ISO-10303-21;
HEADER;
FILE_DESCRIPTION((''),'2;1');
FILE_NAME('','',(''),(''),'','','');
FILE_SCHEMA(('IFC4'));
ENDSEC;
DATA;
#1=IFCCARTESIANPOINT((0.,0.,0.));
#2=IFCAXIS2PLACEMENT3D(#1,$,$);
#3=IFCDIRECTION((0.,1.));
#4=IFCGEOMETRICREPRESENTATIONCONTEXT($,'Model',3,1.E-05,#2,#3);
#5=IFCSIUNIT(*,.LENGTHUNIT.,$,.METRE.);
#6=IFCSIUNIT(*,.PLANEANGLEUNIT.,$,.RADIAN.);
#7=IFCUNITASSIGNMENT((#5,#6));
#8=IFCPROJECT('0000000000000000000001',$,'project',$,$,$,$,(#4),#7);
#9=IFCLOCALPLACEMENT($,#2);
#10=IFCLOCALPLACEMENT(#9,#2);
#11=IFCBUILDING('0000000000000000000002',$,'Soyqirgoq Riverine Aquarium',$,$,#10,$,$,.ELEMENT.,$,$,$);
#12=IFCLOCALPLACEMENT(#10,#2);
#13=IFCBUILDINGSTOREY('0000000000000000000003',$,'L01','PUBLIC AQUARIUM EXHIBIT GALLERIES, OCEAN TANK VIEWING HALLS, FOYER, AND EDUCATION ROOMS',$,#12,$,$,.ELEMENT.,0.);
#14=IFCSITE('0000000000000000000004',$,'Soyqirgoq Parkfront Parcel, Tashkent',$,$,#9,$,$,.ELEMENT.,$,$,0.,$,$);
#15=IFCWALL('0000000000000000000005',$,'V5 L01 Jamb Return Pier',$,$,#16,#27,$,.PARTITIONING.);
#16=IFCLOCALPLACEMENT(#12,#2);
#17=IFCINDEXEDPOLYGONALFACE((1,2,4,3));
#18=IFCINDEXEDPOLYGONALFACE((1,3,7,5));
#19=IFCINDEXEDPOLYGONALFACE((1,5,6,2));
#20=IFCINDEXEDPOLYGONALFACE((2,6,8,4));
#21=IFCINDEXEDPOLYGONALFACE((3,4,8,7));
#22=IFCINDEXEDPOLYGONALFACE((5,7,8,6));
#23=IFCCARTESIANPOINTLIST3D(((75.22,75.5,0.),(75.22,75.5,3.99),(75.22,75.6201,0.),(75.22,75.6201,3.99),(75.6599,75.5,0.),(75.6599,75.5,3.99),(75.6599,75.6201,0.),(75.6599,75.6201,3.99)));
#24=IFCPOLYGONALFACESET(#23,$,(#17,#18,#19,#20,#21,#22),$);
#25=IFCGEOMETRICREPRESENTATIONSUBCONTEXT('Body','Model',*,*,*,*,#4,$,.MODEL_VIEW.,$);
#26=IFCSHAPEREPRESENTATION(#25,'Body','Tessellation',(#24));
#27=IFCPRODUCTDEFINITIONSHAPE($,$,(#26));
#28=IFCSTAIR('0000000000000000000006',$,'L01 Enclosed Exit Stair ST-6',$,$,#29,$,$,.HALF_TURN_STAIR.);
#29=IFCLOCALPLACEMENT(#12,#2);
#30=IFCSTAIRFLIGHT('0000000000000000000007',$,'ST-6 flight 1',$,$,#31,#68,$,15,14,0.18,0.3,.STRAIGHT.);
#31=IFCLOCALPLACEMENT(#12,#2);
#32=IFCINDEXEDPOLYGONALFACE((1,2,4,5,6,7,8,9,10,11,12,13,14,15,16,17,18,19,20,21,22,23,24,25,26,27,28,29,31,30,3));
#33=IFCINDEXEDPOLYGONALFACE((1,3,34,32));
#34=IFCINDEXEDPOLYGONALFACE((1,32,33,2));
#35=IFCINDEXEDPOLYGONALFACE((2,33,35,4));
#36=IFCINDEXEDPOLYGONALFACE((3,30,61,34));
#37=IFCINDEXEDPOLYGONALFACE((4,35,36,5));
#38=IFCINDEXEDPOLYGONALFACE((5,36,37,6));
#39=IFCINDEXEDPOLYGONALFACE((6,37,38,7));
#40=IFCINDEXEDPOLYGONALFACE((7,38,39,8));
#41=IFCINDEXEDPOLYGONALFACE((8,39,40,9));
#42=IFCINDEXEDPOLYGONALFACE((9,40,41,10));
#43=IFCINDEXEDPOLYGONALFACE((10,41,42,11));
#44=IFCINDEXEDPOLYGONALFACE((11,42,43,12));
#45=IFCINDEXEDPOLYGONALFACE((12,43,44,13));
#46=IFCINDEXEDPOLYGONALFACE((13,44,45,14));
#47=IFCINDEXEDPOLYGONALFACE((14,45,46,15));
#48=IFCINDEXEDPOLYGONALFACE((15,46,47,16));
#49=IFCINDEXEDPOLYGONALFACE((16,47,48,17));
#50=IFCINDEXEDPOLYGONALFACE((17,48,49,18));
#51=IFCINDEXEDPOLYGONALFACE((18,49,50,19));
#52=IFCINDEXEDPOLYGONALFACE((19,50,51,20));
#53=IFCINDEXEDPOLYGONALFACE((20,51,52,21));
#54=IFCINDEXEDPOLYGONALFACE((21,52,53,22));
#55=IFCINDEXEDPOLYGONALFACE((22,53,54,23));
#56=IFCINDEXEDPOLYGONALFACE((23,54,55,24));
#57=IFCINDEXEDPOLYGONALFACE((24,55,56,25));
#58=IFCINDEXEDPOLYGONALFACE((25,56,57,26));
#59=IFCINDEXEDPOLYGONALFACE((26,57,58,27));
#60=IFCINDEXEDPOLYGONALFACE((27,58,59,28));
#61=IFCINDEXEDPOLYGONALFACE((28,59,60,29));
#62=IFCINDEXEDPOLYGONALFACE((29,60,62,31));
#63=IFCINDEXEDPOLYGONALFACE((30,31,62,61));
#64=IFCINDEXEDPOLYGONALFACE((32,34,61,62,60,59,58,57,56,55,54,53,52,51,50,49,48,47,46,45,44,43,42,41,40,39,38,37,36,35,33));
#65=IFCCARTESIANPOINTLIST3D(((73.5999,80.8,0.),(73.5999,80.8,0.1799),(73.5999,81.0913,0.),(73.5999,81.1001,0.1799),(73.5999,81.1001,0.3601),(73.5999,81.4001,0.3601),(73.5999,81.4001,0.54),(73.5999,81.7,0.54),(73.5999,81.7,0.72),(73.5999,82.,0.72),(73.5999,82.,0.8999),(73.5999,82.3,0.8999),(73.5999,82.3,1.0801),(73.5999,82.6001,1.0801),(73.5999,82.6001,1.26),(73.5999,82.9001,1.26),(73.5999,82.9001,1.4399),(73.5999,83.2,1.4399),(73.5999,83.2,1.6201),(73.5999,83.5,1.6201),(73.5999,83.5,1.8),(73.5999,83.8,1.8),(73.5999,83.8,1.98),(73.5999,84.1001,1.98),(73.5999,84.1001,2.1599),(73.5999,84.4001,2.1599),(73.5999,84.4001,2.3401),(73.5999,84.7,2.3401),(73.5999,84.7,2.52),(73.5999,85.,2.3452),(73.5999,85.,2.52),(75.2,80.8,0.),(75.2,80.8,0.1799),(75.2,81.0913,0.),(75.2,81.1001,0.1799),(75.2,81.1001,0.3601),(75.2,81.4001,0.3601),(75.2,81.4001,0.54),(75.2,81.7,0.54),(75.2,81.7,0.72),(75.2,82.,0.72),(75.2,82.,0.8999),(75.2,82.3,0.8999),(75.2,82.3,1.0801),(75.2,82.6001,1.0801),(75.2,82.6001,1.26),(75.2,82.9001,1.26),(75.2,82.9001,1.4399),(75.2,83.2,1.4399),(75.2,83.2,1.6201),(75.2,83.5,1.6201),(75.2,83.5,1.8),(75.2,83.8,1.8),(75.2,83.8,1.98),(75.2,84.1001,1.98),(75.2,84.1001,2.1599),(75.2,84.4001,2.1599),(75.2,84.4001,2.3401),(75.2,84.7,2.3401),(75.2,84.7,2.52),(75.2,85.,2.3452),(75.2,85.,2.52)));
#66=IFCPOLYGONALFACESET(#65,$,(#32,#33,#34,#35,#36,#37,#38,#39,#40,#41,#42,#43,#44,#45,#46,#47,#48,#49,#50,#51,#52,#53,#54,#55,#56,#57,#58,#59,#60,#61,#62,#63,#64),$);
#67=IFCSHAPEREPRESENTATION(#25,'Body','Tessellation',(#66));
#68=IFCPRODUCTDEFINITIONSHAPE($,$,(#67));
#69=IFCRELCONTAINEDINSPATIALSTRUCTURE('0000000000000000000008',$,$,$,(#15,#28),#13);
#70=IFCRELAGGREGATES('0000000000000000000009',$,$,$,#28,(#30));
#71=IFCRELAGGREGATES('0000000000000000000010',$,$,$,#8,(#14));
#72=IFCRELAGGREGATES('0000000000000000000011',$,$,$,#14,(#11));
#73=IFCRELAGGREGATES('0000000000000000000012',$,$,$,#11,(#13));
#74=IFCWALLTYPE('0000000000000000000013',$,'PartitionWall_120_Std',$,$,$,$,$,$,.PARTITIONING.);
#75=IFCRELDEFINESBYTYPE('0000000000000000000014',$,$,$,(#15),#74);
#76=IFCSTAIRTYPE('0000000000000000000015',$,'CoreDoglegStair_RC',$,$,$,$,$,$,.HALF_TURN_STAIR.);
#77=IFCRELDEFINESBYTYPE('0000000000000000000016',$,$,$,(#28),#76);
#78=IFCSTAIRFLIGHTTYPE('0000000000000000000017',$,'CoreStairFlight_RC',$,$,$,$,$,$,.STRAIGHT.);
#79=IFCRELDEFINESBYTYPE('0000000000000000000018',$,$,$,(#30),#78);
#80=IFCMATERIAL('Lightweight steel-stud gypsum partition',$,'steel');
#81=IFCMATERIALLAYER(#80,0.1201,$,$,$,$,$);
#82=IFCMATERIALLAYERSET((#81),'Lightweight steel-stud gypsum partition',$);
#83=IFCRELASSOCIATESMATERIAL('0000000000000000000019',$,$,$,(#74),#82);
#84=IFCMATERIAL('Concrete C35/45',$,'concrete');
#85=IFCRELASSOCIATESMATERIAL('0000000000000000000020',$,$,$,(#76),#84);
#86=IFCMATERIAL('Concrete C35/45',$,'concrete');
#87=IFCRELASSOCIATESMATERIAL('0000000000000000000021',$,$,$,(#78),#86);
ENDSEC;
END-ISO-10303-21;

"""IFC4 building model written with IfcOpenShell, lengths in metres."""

from ifc_helpers import new_model, si_unit, direction, frame, frame_2d, origin, place, context, subcontext, project, spatial, polyline, rectangle, outline, extrude, material, layer, layer_set, type_object, element, aggregate, save


model = new_model("IFC4")

# Units and contexts
model_context = context("Model", 3, precision=1e-05, world=origin(), true_north=direction((0.0, 1.0)))
body_context = subcontext(model_context, "Body", "Model", "MODEL_VIEW")
ifc_project = project(units=[si_unit("LENGTHUNIT", "METRE"), si_unit("PLANEANGLEUNIT", "RADIAN")], contexts=[model_context])

# Site, building, storey
site_placement = place(None, origin())
site = spatial("IfcSite", under=ifc_project, at=site_placement, Name="Soyqirgoq Parkfront Parcel, Tashkent", CompositionType="ELEMENT", RefElevation=0.0)
building_placement = place(site_placement, origin())
building = spatial("IfcBuilding", under=site, at=building_placement, Name="Soyqirgoq Riverine Aquarium", CompositionType="ELEMENT")
storey_placement = place(building_placement, origin())
storey = spatial("IfcBuildingStorey", under=building, at=storey_placement, Name="L01", Description="PUBLIC AQUARIUM EXHIBIT GALLERIES, OCEAN TANK VIEWING HALLS, FOYER, AND EDUCATION ROOMS", CompositionType="ELEMENT", Elevation=0.0)

# Wall
ifc_material_1 = material(Name="Lightweight steel-stud gypsum partition", Category="steel")
ifc_layer_1 = layer(ifc_material_1, 0.1201)
ifc_layer_set_1 = layer_set([ifc_layer_1], Name="Lightweight steel-stud gypsum partition")
wall_type_1 = type_object("IfcWallType", Name="PartitionWall_120_Std", PredefinedType="PARTITIONING", material=ifc_layer_set_1)
wall_1_placement = place(storey_placement, frame((75.22, 75.5601, 0.0), z_axis=(0.0, 0.0, 1.0), x_axis=(1.0, 0.0, 0.0)))
element("IfcWall", 1, at=wall_1_placement, inside=storey, type_object=wall_type_1, Name="V5 L01 Jamb Return Pier", PredefinedType="PARTITIONING", context=body_context, shape_type="SweptSolid", body=[
    extrude(rectangle(XDim=0.4399, YDim=0.1201, at=frame_2d((0.22, 0.0))), origin(), (0.0, 0.0, 1.0), 3.99),
])

# Stair, stair flight
ifc_material_2 = material(Name="Concrete C35/45", Category="concrete")
stair_type = type_object("IfcStairType", Name="CoreDoglegStair_RC", PredefinedType="HALF_TURN_STAIR", material=ifc_material_2)
stair_placement = place(storey_placement, origin())
stair = element("IfcStair", 2, at=stair_placement, inside=storey, type_object=stair_type, Name="L01 Enclosed Exit Stair ST-6", PredefinedType="HALF_TURN_STAIR")
ifc_material_3 = material(Name="Concrete C35/45", Category="concrete")
stair_flight_type = type_object("IfcStairFlightType", Name="CoreStairFlight_RC", PredefinedType="STRAIGHT", material=ifc_material_3)
stair_flight_placement = place(storey_placement, frame((74.3999, 80.8, 0.0), z_axis=(0.0, 0.0, 1.0), x_axis=(0.0, 1.0, 0.0)))
stair_flight = element("IfcStairFlight", 3, at=stair_flight_placement, type_object=stair_flight_type, Name="ST-6 flight 1", NumberOfRisers=15, NumberOfTreads=14, PredefinedType="STRAIGHT", RiserHeight=0.18, TreadLength=0.3, context=body_context, shape_type="SweptSolid", body=[
    extrude(outline(polyline([(0.0, 0.0), (0.0, 0.1799), (0.3, 0.1799), (0.3, 0.3601), (0.6001, 0.3601), (0.6001, 0.54), (0.8999, 0.54), (0.8999, 0.72), (1.2, 0.72), (1.2, 0.8999), (1.5, 0.8999), (1.5, 1.0801), (1.8, 1.0801), (1.8, 1.26), (2.1001, 1.26), (2.1001, 1.4399), (2.3999, 1.4399), (2.3999, 1.6201), (2.7, 1.6201), (2.7, 1.8), (3.0, 1.8), (3.0, 1.98), (3.3, 1.98), (3.3, 2.1599), (3.6001, 2.1599), (3.6001, 2.3401), (3.8999, 2.3401), (3.8999, 2.52), (4.2, 2.52), (4.2, 2.7), (4.2, 2.3452), (0.2913, 0.0), (0.0, 0.0)])), frame((0.0, 0.8, 0.0), z_axis=(0.0, -1.0, 0.0), x_axis=(1.0, 0.0, 0.0)), (0.0, 0.0, 1.0), 1.6001),
])
aggregate(stair, [stair_flight])

save(model, "model.ifc")
